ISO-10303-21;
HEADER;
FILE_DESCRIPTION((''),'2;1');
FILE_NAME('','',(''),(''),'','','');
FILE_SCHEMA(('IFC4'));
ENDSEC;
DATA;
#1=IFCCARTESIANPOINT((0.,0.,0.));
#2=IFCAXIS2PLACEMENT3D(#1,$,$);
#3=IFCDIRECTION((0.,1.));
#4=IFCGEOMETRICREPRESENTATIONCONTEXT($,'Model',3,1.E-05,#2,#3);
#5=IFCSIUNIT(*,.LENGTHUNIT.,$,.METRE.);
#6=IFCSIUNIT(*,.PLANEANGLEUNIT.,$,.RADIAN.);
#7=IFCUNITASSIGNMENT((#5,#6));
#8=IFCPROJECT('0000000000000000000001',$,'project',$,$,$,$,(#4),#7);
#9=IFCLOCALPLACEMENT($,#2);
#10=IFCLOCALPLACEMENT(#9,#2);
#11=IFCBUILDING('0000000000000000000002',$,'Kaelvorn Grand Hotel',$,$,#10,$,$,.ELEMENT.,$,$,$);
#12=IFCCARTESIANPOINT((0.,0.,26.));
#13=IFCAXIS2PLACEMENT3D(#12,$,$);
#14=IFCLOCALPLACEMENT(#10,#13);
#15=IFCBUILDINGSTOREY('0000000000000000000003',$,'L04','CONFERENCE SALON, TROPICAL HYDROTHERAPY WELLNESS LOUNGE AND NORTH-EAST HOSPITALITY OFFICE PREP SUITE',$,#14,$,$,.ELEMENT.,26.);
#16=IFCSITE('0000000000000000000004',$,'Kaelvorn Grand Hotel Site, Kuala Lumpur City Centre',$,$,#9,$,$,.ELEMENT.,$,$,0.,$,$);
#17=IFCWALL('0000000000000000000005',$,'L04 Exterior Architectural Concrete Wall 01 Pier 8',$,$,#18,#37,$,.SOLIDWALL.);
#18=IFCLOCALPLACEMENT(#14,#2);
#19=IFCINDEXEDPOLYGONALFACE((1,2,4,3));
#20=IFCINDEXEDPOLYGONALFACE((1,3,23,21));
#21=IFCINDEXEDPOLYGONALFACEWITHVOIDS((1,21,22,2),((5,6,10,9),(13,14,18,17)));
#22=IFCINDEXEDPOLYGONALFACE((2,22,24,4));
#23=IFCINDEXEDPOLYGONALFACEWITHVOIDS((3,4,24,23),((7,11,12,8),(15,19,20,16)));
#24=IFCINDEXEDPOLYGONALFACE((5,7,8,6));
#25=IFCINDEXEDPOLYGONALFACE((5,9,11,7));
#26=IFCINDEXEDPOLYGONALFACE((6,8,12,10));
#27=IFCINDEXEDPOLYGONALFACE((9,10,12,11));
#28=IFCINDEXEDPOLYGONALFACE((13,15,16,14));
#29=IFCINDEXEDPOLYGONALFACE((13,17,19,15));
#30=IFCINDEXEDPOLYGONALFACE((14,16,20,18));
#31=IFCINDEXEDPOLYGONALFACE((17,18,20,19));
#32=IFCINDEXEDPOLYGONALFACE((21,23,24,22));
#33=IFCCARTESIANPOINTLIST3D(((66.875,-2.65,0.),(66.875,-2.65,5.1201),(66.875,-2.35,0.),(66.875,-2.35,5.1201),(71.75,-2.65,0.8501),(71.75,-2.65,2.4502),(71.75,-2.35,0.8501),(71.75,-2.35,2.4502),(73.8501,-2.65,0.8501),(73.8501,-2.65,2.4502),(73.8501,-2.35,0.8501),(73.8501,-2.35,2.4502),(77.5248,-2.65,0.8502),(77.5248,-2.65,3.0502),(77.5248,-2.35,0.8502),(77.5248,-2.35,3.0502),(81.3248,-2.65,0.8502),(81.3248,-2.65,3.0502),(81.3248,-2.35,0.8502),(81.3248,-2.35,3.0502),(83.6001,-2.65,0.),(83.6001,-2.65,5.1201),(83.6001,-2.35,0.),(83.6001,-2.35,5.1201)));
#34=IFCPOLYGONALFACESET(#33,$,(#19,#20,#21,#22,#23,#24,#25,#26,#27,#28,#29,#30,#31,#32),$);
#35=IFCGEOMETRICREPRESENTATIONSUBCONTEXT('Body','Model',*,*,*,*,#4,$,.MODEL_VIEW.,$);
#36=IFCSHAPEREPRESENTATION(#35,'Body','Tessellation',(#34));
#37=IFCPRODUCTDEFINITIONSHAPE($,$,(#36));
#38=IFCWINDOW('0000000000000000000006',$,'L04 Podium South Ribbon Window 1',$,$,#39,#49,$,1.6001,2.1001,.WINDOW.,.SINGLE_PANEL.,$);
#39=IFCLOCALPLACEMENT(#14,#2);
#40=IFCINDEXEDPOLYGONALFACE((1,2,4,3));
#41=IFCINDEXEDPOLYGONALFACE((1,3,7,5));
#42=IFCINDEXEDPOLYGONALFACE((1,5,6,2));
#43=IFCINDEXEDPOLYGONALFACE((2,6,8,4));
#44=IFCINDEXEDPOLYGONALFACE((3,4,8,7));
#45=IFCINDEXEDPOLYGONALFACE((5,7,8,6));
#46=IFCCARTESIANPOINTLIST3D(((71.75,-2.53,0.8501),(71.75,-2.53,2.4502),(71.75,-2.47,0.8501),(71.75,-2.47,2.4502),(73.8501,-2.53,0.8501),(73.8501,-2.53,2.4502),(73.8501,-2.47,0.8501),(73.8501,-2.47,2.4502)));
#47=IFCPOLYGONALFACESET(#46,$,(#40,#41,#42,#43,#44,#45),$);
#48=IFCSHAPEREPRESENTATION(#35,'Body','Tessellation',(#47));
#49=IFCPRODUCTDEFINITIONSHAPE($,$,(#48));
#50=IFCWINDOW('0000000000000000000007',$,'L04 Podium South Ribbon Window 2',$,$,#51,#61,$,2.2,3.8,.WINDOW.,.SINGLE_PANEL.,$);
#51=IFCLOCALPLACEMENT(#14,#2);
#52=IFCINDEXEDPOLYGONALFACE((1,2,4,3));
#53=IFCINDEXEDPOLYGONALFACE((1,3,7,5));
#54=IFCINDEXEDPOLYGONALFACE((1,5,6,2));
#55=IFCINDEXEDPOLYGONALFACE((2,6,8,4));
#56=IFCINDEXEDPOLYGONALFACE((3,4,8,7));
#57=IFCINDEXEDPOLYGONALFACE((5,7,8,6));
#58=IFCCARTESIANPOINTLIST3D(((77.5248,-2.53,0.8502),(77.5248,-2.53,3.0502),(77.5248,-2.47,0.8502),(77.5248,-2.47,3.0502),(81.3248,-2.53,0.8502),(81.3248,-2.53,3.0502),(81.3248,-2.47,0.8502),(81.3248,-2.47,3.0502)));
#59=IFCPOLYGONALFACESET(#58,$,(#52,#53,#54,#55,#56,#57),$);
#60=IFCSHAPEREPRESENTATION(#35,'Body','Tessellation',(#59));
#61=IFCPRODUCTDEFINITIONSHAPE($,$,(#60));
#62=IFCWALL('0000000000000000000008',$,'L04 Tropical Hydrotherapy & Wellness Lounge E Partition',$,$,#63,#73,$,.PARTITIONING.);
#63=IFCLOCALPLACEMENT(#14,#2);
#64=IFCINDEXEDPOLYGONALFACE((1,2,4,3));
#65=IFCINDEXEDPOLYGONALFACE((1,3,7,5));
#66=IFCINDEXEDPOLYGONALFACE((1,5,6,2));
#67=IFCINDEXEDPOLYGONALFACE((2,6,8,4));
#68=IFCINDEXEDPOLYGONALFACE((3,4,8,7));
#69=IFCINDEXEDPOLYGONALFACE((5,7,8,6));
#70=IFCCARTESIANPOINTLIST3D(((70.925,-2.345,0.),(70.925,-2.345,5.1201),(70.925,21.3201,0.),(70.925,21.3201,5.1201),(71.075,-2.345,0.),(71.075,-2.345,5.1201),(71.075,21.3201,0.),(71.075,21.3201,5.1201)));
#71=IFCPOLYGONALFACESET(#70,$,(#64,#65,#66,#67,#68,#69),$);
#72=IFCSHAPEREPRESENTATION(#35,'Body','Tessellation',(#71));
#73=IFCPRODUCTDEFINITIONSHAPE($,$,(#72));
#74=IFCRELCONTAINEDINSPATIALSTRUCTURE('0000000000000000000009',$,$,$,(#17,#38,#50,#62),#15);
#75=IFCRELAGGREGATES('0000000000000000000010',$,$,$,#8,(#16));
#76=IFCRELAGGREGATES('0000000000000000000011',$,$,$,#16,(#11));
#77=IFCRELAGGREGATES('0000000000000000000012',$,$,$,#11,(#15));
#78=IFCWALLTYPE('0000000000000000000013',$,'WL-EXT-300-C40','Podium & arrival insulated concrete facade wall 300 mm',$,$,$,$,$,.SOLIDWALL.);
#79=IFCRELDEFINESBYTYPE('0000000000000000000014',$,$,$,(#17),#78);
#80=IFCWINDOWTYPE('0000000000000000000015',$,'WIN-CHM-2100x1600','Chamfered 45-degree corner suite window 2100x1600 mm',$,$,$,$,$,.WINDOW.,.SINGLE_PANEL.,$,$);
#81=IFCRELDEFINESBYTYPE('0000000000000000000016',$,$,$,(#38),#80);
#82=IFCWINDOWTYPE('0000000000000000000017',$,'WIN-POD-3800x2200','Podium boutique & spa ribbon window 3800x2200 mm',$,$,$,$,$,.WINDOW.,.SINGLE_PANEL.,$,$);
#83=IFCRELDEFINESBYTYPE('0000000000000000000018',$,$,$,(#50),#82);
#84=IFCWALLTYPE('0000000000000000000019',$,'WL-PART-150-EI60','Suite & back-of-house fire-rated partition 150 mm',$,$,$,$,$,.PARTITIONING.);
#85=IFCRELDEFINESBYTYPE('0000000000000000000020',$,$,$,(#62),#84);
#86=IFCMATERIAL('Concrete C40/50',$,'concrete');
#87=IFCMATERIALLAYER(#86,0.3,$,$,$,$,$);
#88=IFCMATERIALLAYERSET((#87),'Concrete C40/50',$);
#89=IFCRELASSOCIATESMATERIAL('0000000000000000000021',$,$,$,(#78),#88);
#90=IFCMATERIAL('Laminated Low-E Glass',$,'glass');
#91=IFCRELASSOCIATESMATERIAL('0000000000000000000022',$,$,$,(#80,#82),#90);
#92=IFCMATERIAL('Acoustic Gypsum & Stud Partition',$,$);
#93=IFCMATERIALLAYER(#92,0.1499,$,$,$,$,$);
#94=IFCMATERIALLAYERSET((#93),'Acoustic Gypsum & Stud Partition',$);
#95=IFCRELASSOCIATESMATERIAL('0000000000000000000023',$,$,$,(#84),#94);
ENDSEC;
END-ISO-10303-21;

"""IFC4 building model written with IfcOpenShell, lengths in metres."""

from ifc_helpers import new_model, si_unit, direction, frame, frame_2d, origin, place, context, subcontext, project, spatial, rectangle, extrude, material, layer, layer_set, type_object, element, fill, save


model = new_model("IFC4")

# Units and contexts
model_context = context("Model", 3, precision=1e-05, world=origin(), true_north=direction((0.0, 1.0)))
body_context = subcontext(model_context, "Body", "Model", "MODEL_VIEW")
ifc_project = project(units=[si_unit("LENGTHUNIT", "METRE"), si_unit("PLANEANGLEUNIT", "RADIAN")], contexts=[model_context])

# Site, building, storey
site_placement = place(None, origin())
site = spatial("IfcSite", under=ifc_project, at=site_placement, Name="Kaelvorn Grand Hotel Site, Kuala Lumpur City Centre", CompositionType="ELEMENT", RefElevation=0.0)
building_placement = place(site_placement, origin())
building = spatial("IfcBuilding", under=site, at=building_placement, Name="Kaelvorn Grand Hotel", CompositionType="ELEMENT")
storey_placement = place(building_placement, frame((0.0, 0.0, 26.0)))
storey = spatial("IfcBuildingStorey", under=building, at=storey_placement, Name="L04", Description="CONFERENCE SALON, TROPICAL HYDROTHERAPY WELLNESS LOUNGE AND NORTH-EAST HOSPITALITY OFFICE PREP SUITE", CompositionType="ELEMENT", Elevation=26.0)

# Shared definitions
ifc_material_1 = material(Name="Laminated Low-E Glass", Category="glass")

# Wall, openings, windows
ifc_material_2 = material(Name="Concrete C40/50", Category="concrete")
ifc_layer_1 = layer(ifc_material_2, 0.3)
ifc_layer_set_1 = layer_set([ifc_layer_1], Name="Concrete C40/50")
wall_type_1 = type_object("IfcWallType", Name="WL-EXT-300-C40", Description="Podium & arrival insulated concrete facade wall 300 mm", PredefinedType="SOLIDWALL", material=ifc_layer_set_1)
wall_1_placement = place(storey_placement, frame((66.875, -2.5, 0.0), z_axis=(0.0, 0.0, 1.0), x_axis=(1.0, 0.0, 0.0)))
wall_1 = element("IfcWall", 1, at=wall_1_placement, inside=storey, type_object=wall_type_1, Name="L04 Exterior Architectural Concrete Wall 01 Pier 8", PredefinedType="SOLIDWALL", context=body_context, shape_type="SweptSolid", body=[
    extrude(rectangle(XDim=16.7251, YDim=0.3, at=frame_2d((8.3625, 0.0))), origin(), (0.0, 0.0, 1.0), 5.1201),
])
opening_1_placement = place(wall_1_placement, frame((4.875, 0.0, 0.8501)))
opening_1 = element("IfcOpeningElement", 2, at=opening_1_placement, cuts=wall_1, PredefinedType="OPENING", context=body_context, shape_type="SweptSolid", body=[
    extrude(rectangle(XDim=2.1001, YDim=1.6001, at=frame_2d((1.05, 0.8))), frame((0.0, 0.1602, 0.0), z_axis=(0.0, -1.0, 0.0), x_axis=(1.0, 0.0, 0.0)), (0.0, 0.0, 1.0), 0.3201),
])
opening_2_placement = place(wall_1_placement, frame((10.6499, 0.0, 0.8501)))
opening_2 = element("IfcOpeningElement", 3, at=opening_2_placement, cuts=wall_1, PredefinedType="OPENING", context=body_context, shape_type="SweptSolid", body=[
    extrude(rectangle(XDim=3.8, YDim=2.2, at=frame_2d((1.8999, 1.1001))), frame((0.0, 0.1602, 0.0), z_axis=(0.0, -1.0, 0.0), x_axis=(1.0, 0.0, 0.0)), (0.0, 0.0, 1.0), 0.3201),
])
window_type_1 = type_object("IfcWindowType", Name="WIN-CHM-2100x1600", Description="Chamfered 45-degree corner suite window 2100x1600 mm", PartitioningType="SINGLE_PANEL", PredefinedType="WINDOW", material=ifc_material_1)
window_1_placement = place(opening_1_placement, origin())
window_1 = element("IfcWindow", 4, at=window_1_placement, inside=storey, type_object=window_type_1, Name="L04 Podium South Ribbon Window 1", OverallHeight=1.6001, OverallWidth=2.1001, PartitioningType="SINGLE_PANEL", PredefinedType="WINDOW", context=body_context, shape_type="SweptSolid", body=[
    extrude(rectangle(XDim=2.1001, YDim=1.6001, at=frame_2d((1.05, 0.8))), frame((0.0, 0.03, 0.0), z_axis=(0.0, -1.0, 0.0), x_axis=(1.0, 0.0, 0.0)), (0.0, 0.0, 1.0), 0.0601),
])
fill(opening_1, window_1)
window_type_2 = type_object("IfcWindowType", Name="WIN-POD-3800x2200", Description="Podium boutique & spa ribbon window 3800x2200 mm", PartitioningType="SINGLE_PANEL", PredefinedType="WINDOW", material=ifc_material_1)
window_2_placement = place(opening_2_placement, origin())
window_2 = element("IfcWindow", 5, at=window_2_placement, inside=storey, type_object=window_type_2, Name="L04 Podium South Ribbon Window 2", OverallHeight=2.2, OverallWidth=3.8, PartitioningType="SINGLE_PANEL", PredefinedType="WINDOW", context=body_context, shape_type="SweptSolid", body=[
    extrude(rectangle(XDim=3.8, YDim=2.2, at=frame_2d((1.8999, 1.1001))), frame((0.0, 0.03, 0.0), z_axis=(0.0, -1.0, 0.0), x_axis=(1.0, 0.0, 0.0)), (0.0, 0.0, 1.0), 0.0601),
])
fill(opening_2, window_2)

# Wall
ifc_material_3 = material(Name="Acoustic Gypsum & Stud Partition")
ifc_layer_2 = layer(ifc_material_3, 0.1499)
ifc_layer_set_2 = layer_set([ifc_layer_2], Name="Acoustic Gypsum & Stud Partition")
wall_type_2 = type_object("IfcWallType", Name="WL-PART-150-EI60", Description="Suite & back-of-house fire-rated partition 150 mm", PredefinedType="PARTITIONING", material=ifc_layer_set_2)
wall_2_placement = place(storey_placement, frame((71.0, -2.345, 0.0), z_axis=(0.0, 0.0, 1.0), x_axis=(0.0, 1.0, 0.0)))
element("IfcWall", 6, at=wall_2_placement, inside=storey, type_object=wall_type_2, Name="L04 Tropical Hydrotherapy & Wellness Lounge E Partition", PredefinedType="PARTITIONING", context=body_context, shape_type="SweptSolid", body=[
    extrude(rectangle(XDim=23.665, YDim=0.1499, at=frame_2d((11.8325, 0.0))), origin(), (0.0, 0.0, 1.0), 5.1201),
])

save(model, "model.ifc")
